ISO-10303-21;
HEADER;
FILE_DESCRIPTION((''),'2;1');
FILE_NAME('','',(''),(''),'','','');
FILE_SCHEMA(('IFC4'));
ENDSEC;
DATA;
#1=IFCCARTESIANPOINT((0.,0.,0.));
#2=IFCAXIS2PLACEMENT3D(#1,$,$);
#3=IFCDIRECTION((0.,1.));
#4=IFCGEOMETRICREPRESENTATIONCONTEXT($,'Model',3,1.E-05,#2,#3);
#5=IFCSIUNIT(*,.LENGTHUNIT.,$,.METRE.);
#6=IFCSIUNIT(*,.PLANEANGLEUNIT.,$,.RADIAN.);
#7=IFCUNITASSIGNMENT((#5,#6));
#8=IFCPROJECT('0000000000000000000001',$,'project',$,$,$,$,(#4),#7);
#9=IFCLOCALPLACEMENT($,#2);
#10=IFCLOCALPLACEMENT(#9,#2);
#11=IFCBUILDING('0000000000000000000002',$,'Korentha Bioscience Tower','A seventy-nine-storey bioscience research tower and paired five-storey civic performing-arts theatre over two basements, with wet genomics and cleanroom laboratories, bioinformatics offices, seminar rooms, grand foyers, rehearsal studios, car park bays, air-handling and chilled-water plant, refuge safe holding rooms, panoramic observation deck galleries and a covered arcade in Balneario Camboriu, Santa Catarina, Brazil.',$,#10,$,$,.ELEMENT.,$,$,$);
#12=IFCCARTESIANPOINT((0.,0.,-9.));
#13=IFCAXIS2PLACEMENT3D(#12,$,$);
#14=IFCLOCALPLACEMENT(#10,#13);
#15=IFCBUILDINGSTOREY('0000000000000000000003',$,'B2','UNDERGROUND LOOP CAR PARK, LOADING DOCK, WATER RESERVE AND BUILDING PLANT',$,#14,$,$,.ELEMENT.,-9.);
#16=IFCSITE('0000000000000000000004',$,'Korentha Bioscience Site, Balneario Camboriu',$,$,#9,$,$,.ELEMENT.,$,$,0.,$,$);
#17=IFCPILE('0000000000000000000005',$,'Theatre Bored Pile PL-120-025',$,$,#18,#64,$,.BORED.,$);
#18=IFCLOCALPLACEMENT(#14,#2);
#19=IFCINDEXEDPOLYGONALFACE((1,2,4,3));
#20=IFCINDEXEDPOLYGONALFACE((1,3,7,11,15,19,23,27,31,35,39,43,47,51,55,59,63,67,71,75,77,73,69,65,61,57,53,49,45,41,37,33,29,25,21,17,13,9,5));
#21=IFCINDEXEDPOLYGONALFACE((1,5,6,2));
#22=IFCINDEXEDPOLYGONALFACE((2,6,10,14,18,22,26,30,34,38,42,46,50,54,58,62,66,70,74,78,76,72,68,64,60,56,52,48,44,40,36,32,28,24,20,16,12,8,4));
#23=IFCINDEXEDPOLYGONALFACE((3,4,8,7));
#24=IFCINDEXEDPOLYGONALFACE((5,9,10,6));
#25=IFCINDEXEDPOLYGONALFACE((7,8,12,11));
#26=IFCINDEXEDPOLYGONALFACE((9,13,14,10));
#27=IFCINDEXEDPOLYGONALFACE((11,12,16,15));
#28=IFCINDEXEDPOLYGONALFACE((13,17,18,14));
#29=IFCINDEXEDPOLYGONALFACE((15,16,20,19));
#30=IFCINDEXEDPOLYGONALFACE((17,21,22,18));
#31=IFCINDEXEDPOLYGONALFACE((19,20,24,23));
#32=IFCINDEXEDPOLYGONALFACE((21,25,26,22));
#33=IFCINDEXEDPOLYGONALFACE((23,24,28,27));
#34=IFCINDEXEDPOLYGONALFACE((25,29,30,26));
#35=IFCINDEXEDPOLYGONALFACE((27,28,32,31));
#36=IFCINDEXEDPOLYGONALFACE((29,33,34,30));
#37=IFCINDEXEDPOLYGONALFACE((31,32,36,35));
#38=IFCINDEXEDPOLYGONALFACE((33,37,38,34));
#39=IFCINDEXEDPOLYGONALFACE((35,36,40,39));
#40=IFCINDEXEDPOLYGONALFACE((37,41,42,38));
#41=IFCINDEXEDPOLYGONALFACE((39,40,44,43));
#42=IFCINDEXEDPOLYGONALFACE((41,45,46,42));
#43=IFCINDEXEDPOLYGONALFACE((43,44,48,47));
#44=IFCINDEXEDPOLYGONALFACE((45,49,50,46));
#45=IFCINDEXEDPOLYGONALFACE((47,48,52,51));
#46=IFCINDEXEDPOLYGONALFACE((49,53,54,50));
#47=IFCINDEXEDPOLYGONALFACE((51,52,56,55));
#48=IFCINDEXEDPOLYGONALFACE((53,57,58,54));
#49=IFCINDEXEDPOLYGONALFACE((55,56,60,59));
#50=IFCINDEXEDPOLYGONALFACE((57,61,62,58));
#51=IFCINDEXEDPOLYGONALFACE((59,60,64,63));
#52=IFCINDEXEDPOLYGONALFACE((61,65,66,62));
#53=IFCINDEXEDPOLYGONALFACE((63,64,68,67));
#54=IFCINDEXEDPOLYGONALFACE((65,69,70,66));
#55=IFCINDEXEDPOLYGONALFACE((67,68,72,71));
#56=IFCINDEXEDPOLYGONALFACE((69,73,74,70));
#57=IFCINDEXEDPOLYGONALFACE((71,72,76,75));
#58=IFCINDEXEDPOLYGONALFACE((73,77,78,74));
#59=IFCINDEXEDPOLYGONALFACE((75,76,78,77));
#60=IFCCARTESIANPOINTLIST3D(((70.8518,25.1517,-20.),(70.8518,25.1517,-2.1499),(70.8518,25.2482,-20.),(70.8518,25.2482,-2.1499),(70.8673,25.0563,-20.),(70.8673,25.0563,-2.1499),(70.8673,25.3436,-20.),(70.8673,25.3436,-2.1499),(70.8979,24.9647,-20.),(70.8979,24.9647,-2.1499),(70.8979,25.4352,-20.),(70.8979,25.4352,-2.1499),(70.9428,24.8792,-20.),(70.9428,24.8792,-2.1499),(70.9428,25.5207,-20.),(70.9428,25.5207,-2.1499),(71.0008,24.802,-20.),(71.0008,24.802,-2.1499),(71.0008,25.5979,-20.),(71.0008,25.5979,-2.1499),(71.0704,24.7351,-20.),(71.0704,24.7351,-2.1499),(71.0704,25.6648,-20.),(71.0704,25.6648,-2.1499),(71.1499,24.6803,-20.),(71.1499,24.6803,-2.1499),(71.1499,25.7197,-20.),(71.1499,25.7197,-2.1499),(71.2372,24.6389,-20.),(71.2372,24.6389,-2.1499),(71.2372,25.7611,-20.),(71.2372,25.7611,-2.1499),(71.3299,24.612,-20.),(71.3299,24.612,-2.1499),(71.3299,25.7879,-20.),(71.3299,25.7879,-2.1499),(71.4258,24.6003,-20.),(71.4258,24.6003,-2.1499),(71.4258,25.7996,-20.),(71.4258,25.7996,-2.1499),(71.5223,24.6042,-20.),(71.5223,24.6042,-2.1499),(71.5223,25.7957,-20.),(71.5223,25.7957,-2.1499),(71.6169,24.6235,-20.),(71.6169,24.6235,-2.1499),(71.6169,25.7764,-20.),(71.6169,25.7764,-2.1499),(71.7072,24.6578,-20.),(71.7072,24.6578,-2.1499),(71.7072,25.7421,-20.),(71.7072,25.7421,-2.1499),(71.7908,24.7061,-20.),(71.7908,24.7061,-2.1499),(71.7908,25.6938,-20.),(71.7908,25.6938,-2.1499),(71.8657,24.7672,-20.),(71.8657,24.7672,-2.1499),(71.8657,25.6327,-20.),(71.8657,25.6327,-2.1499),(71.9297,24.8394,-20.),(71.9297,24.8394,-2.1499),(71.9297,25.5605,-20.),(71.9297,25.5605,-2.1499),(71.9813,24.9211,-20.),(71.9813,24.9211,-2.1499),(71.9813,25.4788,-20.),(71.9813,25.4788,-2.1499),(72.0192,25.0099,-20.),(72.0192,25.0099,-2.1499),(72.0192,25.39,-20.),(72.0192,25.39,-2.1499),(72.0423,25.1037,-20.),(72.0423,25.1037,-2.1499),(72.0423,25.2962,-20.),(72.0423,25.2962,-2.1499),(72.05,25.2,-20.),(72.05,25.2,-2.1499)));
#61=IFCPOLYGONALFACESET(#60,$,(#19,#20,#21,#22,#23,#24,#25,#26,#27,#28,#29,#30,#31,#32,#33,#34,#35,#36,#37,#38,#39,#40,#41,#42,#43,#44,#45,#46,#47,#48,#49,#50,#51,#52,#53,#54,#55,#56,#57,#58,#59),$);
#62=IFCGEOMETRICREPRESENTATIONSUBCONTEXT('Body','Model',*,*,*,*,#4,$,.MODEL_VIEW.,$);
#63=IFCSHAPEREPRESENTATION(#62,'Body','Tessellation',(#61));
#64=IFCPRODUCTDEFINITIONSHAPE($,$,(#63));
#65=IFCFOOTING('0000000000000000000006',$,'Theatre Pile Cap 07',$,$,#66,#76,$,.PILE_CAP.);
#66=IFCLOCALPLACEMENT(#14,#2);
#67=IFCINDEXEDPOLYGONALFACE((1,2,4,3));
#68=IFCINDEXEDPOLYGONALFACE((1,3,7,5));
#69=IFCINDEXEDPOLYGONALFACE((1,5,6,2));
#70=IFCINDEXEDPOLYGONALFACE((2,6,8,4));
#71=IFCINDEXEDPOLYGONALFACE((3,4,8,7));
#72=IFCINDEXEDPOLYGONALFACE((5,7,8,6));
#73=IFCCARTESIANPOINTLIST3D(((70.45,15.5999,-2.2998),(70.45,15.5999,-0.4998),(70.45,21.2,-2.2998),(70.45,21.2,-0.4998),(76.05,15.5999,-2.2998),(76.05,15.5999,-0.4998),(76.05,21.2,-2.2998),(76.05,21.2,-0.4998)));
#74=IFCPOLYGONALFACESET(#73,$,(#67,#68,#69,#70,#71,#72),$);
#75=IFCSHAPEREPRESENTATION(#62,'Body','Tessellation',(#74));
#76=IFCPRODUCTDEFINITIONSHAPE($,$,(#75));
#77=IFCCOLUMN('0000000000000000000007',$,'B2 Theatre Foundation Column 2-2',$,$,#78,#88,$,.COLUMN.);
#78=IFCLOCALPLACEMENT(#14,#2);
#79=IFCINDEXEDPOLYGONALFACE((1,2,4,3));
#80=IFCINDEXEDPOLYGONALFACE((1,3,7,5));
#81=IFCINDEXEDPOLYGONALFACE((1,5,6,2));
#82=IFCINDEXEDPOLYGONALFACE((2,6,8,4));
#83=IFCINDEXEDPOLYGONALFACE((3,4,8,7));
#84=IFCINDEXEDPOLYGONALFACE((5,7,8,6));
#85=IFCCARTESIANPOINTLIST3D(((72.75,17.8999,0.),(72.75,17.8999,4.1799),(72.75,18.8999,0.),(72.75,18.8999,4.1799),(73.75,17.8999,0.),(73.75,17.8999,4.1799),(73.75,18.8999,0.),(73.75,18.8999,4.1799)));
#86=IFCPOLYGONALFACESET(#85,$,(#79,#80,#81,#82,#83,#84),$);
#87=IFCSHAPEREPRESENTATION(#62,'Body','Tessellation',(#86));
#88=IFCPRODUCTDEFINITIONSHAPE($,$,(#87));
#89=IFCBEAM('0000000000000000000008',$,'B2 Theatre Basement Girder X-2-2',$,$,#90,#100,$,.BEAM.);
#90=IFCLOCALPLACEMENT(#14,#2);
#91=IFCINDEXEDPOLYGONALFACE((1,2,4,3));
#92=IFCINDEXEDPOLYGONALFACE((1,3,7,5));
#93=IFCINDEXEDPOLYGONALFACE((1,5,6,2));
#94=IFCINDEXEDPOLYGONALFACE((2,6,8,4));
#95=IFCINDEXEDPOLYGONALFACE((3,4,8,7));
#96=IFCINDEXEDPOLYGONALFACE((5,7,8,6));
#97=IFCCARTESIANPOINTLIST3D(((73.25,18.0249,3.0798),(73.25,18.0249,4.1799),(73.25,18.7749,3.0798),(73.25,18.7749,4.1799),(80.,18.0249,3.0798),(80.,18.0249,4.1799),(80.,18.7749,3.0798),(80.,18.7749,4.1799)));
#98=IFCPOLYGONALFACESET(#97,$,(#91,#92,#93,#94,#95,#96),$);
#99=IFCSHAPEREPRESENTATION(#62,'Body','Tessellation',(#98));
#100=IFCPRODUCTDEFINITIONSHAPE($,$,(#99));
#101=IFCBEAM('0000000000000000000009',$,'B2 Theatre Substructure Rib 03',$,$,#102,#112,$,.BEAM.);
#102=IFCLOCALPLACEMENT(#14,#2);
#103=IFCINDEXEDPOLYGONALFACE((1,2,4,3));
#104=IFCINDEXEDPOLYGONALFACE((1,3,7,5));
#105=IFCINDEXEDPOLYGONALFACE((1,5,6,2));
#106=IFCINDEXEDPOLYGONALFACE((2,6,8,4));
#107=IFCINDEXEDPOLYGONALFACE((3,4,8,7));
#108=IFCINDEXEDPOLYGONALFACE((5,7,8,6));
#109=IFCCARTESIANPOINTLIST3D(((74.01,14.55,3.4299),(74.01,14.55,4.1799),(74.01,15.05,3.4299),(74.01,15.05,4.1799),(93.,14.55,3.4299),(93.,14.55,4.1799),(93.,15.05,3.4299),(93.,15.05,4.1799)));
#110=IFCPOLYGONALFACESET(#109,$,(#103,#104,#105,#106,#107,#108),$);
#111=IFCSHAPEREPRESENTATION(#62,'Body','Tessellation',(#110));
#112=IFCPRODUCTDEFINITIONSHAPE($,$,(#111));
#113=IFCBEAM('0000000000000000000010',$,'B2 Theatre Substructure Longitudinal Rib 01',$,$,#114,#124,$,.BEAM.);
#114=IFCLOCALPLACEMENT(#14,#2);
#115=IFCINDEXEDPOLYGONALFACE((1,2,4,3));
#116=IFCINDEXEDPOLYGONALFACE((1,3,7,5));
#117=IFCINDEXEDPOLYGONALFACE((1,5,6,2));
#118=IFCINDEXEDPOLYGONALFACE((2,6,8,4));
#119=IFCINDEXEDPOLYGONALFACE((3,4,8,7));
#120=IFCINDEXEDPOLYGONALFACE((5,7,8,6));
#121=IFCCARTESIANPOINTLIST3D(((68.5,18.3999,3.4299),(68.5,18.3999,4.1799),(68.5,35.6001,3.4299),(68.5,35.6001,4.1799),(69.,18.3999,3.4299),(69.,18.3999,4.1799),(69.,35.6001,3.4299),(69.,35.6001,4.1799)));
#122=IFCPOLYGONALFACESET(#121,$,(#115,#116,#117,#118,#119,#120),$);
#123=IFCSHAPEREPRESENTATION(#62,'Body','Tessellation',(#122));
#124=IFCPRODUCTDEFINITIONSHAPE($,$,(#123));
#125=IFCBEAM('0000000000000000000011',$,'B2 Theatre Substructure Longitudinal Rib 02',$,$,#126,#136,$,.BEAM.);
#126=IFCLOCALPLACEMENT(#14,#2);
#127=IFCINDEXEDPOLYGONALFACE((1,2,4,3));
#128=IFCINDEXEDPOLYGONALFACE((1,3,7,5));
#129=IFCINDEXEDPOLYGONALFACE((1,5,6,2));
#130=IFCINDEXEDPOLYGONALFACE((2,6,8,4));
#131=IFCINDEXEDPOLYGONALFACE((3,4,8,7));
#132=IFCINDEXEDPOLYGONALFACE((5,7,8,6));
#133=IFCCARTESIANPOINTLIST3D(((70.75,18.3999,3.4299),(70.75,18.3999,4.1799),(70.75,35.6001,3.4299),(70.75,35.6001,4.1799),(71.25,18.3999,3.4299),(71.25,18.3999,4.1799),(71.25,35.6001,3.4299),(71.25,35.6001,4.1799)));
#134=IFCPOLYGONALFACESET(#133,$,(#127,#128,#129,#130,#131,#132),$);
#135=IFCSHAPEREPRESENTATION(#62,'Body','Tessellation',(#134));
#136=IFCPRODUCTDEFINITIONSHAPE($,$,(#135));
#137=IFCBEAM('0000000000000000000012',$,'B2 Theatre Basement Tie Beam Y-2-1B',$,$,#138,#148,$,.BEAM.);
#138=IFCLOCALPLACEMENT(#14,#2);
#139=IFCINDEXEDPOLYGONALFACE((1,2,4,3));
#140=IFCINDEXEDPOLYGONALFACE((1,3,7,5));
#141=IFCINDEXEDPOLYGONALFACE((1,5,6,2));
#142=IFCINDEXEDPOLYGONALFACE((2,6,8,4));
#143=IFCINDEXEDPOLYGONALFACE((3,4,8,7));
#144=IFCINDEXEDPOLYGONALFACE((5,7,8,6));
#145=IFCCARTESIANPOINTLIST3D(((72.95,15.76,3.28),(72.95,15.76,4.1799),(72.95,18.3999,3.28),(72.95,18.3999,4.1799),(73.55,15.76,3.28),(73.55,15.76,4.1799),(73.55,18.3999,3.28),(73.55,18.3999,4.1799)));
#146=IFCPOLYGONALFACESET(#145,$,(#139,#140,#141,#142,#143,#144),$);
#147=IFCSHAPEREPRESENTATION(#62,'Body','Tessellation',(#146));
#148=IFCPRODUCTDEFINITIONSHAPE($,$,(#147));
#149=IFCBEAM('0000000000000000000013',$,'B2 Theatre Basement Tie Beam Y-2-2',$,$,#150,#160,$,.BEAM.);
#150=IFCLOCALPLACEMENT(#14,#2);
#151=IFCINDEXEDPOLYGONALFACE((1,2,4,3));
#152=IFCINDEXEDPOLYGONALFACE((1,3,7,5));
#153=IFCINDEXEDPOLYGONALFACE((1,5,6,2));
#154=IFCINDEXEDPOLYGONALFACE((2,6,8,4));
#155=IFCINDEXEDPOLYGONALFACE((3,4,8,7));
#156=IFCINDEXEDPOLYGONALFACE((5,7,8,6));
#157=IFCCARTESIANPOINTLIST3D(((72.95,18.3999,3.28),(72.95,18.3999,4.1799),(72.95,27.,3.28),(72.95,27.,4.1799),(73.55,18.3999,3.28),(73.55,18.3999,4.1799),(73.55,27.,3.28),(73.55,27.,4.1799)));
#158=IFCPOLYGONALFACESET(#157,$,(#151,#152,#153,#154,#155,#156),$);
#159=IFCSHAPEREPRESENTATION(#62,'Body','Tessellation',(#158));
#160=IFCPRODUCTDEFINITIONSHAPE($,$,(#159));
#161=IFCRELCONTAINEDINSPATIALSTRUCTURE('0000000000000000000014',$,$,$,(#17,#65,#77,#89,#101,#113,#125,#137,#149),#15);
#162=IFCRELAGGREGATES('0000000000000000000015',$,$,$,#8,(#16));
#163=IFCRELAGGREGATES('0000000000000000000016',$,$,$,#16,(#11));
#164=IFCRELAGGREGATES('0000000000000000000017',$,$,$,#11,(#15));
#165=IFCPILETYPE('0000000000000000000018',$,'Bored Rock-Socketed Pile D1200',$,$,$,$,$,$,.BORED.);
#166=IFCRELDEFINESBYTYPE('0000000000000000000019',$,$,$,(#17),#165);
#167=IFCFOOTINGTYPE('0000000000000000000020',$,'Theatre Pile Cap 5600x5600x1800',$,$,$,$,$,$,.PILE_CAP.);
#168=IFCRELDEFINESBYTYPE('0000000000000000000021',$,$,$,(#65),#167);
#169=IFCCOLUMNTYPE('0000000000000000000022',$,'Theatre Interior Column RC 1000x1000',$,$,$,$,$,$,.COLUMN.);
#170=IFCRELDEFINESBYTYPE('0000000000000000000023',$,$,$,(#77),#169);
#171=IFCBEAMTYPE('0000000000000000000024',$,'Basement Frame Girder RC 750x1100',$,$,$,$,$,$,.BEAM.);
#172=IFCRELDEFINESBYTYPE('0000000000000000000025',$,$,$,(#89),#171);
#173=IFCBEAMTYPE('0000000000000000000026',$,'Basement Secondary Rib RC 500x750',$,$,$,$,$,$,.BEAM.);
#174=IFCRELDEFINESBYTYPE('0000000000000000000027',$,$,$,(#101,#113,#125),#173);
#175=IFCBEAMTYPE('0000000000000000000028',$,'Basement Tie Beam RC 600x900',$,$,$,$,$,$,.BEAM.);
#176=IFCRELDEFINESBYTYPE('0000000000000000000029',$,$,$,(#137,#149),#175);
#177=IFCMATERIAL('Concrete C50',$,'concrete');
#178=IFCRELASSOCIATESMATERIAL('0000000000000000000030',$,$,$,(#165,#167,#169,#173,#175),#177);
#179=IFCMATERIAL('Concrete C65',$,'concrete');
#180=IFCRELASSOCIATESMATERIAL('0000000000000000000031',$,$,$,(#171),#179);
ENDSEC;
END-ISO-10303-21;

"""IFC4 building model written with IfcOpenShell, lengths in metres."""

from ifc_helpers import new_model, si_unit, direction, frame, origin, origin_2d, place, context, subcontext, project, spatial, rectangle, circle, extrude, material, material_profile, profile_set, type_object, element, save


model = new_model("IFC4")

# Units and contexts
model_context = context("Model", 3, precision=1e-05, world=origin(), true_north=direction((0.0, 1.0)))
body_context = subcontext(model_context, "Body", "Model", "MODEL_VIEW")
ifc_project = project(units=[si_unit("LENGTHUNIT", "METRE"), si_unit("PLANEANGLEUNIT", "RADIAN")], contexts=[model_context])

# Site, building, storey
site_placement = place(None, origin())
site = spatial("IfcSite", under=ifc_project, at=site_placement, Name="Korentha Bioscience Site, Balneario Camboriu", CompositionType="ELEMENT", RefElevation=0.0)
building_placement = place(site_placement, origin())
building = spatial("IfcBuilding", under=site, at=building_placement, Name="Korentha Bioscience Tower", Description="A seventy-nine-storey bioscience research tower and paired five-storey civic performing-arts theatre over two basements, with wet genomics and cleanroom laboratories, bioinformatics offices, seminar rooms, grand foyers, rehearsal studios, car park bays, air-handling and chilled-water plant, refuge safe holding rooms, panoramic observation deck galleries and a covered arcade in Balneario Camboriu, Santa Catarina, Brazil.", CompositionType="ELEMENT")
storey_placement = place(building_placement, frame((0.0, 0.0, -9.0)))
storey = spatial("IfcBuildingStorey", under=building, at=storey_placement, Name="B2", Description="UNDERGROUND LOOP CAR PARK, LOADING DOCK, WATER RESERVE AND BUILDING PLANT", CompositionType="ELEMENT", Elevation=-9.0)

# Pile
ifc_material_1 = material(Name="Concrete C50", Category="concrete")
ifc_material_profile_1 = material_profile(ifc_material_1, circle(Radius=0.6001, at=origin_2d()), Name="Concrete C50")
ifc_profile_set_1 = profile_set([ifc_material_profile_1], Name="Concrete C50 (PL-120)")
pile_type = type_object("IfcPileType", Name="Bored Rock-Socketed Pile D1200", PredefinedType="BORED", material=ifc_profile_set_1)
for number, where, z_axis, x_axis, name in (
    (1, (71.45, 25.2, -2.1499), (0.0, 0.0, -1.0), (1.0, 0.0, 0.0), "Theatre Bored Pile PL-120-025"),
):
    element("IfcPile", number, at=place(storey_placement, frame(where, z_axis=z_axis, x_axis=x_axis)), inside=storey, type_object=pile_type, Name=name, PredefinedType="BORED", context=body_context, shape_type="SweptSolid", body=[
        extrude(circle(Radius=0.6001, at=origin_2d()), origin(), (0.0, 0.0, 1.0), 17.8501),
    ])

# Footing
footing_type = type_object("IfcFootingType", Name="Theatre Pile Cap 5600x5600x1800", PredefinedType="PILE_CAP", material=ifc_material_1)
footing_placement = place(storey_placement, frame((73.25, 18.3999, -2.2998), z_axis=(0.0, 0.0, 1.0), x_axis=(1.0, 0.0, 0.0)))
element("IfcFooting", 2, at=footing_placement, inside=storey, type_object=footing_type, Name="Theatre Pile Cap 07", PredefinedType="PILE_CAP", context=body_context, shape_type="SweptSolid", body=[
    extrude(rectangle(XDim=5.6001, YDim=5.6001, at=origin_2d()), origin(), (0.0, 0.0, 1.0), 1.8),
])

# Column
ifc_material_profile_2 = material_profile(ifc_material_1, rectangle(XDim=1.0, YDim=1.0, at=origin_2d()), Name="Concrete C50")
ifc_profile_set_2 = profile_set([ifc_material_profile_2], Name="Concrete C50 (TC-I01)")
column_type = type_object("IfcColumnType", Name="Theatre Interior Column RC 1000x1000", PredefinedType="COLUMN", material=ifc_profile_set_2)
column_placement = place(storey_placement, frame((73.25, 18.3999, 0.0), z_axis=(0.0, 0.0, 1.0), x_axis=(1.0, 0.0, 0.0)))
element("IfcColumn", 3, at=column_placement, inside=storey, type_object=column_type, Name="B2 Theatre Foundation Column 2-2", PredefinedType="COLUMN", context=body_context, shape_type="SweptSolid", body=[
    extrude(rectangle(XDim=1.0, YDim=1.0, at=origin_2d()), origin(), (0.0, 0.0, 1.0), 4.1799),
])

# Beams
ifc_material_2 = material(Name="Concrete C65", Category="concrete")
ifc_material_profile_3 = material_profile(ifc_material_2, rectangle(XDim=0.75, YDim=1.1001, at=origin_2d()), Name="Concrete C65")
ifc_profile_set_3 = profile_set([ifc_material_profile_3], Name="Concrete C65 (BB-750)")
beam_type_1 = type_object("IfcBeamType", Name="Basement Frame Girder RC 750x1100", PredefinedType="BEAM", material=ifc_profile_set_3)
beam_1_placement = place(storey_placement, frame((73.25, 18.3999, 3.6299), z_axis=(1.0, 0.0, 0.0), x_axis=(0.0, 1.0, 0.0)))
element("IfcBeam", 4, at=beam_1_placement, inside=storey, type_object=beam_type_1, Name="B2 Theatre Basement Girder X-2-2", PredefinedType="BEAM", context=body_context, shape_type="SweptSolid", body=[
    extrude(rectangle(XDim=0.75, YDim=1.1001, at=origin_2d()), origin(), (0.0, 0.0, 1.0), 6.75),
])
ifc_material_profile_4 = material_profile(ifc_material_1, rectangle(XDim=0.5, YDim=0.75, at=origin_2d()), Name="Concrete C50")
ifc_profile_set_4 = profile_set([ifc_material_profile_4], Name="Concrete C50 (BB-500)")
beam_type_2 = type_object("IfcBeamType", Name="Basement Secondary Rib RC 500x750", PredefinedType="BEAM", material=ifc_profile_set_4)
beam_2_placement = place(storey_placement, frame((74.01, 14.8, 3.8049), z_axis=(1.0, 0.0, 0.0), x_axis=(0.0, 1.0, 0.0)))
element("IfcBeam", 5, at=beam_2_placement, inside=storey, type_object=beam_type_2, Name="B2 Theatre Substructure Rib 03", PredefinedType="BEAM", context=body_context, shape_type="SweptSolid", body=[
    extrude(rectangle(XDim=0.5, YDim=0.75, at=origin_2d()), origin(), (0.0, 0.0, 1.0), 18.99),
])
for number, where, z_axis, x_axis, name in (
    (6, (68.75, 18.3999, 3.8049), (0.0, 1.0, 0.0), (-1.0, 0.0, 0.0), "B2 Theatre Substructure Longitudinal Rib 01"),
    (7, (71.0, 18.3999, 3.8049), (0.0, 1.0, 0.0), (-1.0, 0.0, 0.0), "B2 Theatre Substructure Longitudinal Rib 02"),
):
    element("IfcBeam", number, at=place(storey_placement, frame(where, z_axis=z_axis, x_axis=x_axis)), inside=storey, type_object=beam_type_2, Name=name, PredefinedType="BEAM", context=body_context, shape_type="SweptSolid", body=[
        extrude(rectangle(XDim=0.5, YDim=0.75, at=origin_2d()), origin(), (0.0, 0.0, 1.0), 17.2002),
    ])
ifc_material_profile_5 = material_profile(ifc_material_1, rectangle(XDim=0.6001, YDim=0.8999, at=origin_2d()), Name="Concrete C50")
ifc_profile_set_5 = profile_set([ifc_material_profile_5], Name="Concrete C50 (BB-600)")
beam_type_3 = type_object("IfcBeamType", Name="Basement Tie Beam RC 600x900", PredefinedType="BEAM", material=ifc_profile_set_5)
beam_3_placement = place(storey_placement, frame((73.25, 15.76, 3.73), z_axis=(0.0, 1.0, 0.0), x_axis=(-1.0, 0.0, 0.0)))
element("IfcBeam", 8, at=beam_3_placement, inside=storey, type_object=beam_type_3, Name="B2 Theatre Basement Tie Beam Y-2-1B", PredefinedType="BEAM", context=body_context, shape_type="SweptSolid", body=[
    extrude(rectangle(XDim=0.6001, YDim=0.8999, at=origin_2d()), origin(), (0.0, 0.0, 1.0), 2.6399),
])
beam_4_placement = place(storey_placement, frame((73.25, 18.3999, 3.73), z_axis=(0.0, 1.0, 0.0), x_axis=(-1.0, 0.0, 0.0)))
element("IfcBeam", 9, at=beam_4_placement, inside=storey, type_object=beam_type_3, Name="B2 Theatre Basement Tie Beam Y-2-2", PredefinedType="BEAM", context=body_context, shape_type="SweptSolid", body=[
    extrude(rectangle(XDim=0.6001, YDim=0.8999, at=origin_2d()), origin(), (0.0, 0.0, 1.0), 8.6001),
])

save(model, "model.ifc")
